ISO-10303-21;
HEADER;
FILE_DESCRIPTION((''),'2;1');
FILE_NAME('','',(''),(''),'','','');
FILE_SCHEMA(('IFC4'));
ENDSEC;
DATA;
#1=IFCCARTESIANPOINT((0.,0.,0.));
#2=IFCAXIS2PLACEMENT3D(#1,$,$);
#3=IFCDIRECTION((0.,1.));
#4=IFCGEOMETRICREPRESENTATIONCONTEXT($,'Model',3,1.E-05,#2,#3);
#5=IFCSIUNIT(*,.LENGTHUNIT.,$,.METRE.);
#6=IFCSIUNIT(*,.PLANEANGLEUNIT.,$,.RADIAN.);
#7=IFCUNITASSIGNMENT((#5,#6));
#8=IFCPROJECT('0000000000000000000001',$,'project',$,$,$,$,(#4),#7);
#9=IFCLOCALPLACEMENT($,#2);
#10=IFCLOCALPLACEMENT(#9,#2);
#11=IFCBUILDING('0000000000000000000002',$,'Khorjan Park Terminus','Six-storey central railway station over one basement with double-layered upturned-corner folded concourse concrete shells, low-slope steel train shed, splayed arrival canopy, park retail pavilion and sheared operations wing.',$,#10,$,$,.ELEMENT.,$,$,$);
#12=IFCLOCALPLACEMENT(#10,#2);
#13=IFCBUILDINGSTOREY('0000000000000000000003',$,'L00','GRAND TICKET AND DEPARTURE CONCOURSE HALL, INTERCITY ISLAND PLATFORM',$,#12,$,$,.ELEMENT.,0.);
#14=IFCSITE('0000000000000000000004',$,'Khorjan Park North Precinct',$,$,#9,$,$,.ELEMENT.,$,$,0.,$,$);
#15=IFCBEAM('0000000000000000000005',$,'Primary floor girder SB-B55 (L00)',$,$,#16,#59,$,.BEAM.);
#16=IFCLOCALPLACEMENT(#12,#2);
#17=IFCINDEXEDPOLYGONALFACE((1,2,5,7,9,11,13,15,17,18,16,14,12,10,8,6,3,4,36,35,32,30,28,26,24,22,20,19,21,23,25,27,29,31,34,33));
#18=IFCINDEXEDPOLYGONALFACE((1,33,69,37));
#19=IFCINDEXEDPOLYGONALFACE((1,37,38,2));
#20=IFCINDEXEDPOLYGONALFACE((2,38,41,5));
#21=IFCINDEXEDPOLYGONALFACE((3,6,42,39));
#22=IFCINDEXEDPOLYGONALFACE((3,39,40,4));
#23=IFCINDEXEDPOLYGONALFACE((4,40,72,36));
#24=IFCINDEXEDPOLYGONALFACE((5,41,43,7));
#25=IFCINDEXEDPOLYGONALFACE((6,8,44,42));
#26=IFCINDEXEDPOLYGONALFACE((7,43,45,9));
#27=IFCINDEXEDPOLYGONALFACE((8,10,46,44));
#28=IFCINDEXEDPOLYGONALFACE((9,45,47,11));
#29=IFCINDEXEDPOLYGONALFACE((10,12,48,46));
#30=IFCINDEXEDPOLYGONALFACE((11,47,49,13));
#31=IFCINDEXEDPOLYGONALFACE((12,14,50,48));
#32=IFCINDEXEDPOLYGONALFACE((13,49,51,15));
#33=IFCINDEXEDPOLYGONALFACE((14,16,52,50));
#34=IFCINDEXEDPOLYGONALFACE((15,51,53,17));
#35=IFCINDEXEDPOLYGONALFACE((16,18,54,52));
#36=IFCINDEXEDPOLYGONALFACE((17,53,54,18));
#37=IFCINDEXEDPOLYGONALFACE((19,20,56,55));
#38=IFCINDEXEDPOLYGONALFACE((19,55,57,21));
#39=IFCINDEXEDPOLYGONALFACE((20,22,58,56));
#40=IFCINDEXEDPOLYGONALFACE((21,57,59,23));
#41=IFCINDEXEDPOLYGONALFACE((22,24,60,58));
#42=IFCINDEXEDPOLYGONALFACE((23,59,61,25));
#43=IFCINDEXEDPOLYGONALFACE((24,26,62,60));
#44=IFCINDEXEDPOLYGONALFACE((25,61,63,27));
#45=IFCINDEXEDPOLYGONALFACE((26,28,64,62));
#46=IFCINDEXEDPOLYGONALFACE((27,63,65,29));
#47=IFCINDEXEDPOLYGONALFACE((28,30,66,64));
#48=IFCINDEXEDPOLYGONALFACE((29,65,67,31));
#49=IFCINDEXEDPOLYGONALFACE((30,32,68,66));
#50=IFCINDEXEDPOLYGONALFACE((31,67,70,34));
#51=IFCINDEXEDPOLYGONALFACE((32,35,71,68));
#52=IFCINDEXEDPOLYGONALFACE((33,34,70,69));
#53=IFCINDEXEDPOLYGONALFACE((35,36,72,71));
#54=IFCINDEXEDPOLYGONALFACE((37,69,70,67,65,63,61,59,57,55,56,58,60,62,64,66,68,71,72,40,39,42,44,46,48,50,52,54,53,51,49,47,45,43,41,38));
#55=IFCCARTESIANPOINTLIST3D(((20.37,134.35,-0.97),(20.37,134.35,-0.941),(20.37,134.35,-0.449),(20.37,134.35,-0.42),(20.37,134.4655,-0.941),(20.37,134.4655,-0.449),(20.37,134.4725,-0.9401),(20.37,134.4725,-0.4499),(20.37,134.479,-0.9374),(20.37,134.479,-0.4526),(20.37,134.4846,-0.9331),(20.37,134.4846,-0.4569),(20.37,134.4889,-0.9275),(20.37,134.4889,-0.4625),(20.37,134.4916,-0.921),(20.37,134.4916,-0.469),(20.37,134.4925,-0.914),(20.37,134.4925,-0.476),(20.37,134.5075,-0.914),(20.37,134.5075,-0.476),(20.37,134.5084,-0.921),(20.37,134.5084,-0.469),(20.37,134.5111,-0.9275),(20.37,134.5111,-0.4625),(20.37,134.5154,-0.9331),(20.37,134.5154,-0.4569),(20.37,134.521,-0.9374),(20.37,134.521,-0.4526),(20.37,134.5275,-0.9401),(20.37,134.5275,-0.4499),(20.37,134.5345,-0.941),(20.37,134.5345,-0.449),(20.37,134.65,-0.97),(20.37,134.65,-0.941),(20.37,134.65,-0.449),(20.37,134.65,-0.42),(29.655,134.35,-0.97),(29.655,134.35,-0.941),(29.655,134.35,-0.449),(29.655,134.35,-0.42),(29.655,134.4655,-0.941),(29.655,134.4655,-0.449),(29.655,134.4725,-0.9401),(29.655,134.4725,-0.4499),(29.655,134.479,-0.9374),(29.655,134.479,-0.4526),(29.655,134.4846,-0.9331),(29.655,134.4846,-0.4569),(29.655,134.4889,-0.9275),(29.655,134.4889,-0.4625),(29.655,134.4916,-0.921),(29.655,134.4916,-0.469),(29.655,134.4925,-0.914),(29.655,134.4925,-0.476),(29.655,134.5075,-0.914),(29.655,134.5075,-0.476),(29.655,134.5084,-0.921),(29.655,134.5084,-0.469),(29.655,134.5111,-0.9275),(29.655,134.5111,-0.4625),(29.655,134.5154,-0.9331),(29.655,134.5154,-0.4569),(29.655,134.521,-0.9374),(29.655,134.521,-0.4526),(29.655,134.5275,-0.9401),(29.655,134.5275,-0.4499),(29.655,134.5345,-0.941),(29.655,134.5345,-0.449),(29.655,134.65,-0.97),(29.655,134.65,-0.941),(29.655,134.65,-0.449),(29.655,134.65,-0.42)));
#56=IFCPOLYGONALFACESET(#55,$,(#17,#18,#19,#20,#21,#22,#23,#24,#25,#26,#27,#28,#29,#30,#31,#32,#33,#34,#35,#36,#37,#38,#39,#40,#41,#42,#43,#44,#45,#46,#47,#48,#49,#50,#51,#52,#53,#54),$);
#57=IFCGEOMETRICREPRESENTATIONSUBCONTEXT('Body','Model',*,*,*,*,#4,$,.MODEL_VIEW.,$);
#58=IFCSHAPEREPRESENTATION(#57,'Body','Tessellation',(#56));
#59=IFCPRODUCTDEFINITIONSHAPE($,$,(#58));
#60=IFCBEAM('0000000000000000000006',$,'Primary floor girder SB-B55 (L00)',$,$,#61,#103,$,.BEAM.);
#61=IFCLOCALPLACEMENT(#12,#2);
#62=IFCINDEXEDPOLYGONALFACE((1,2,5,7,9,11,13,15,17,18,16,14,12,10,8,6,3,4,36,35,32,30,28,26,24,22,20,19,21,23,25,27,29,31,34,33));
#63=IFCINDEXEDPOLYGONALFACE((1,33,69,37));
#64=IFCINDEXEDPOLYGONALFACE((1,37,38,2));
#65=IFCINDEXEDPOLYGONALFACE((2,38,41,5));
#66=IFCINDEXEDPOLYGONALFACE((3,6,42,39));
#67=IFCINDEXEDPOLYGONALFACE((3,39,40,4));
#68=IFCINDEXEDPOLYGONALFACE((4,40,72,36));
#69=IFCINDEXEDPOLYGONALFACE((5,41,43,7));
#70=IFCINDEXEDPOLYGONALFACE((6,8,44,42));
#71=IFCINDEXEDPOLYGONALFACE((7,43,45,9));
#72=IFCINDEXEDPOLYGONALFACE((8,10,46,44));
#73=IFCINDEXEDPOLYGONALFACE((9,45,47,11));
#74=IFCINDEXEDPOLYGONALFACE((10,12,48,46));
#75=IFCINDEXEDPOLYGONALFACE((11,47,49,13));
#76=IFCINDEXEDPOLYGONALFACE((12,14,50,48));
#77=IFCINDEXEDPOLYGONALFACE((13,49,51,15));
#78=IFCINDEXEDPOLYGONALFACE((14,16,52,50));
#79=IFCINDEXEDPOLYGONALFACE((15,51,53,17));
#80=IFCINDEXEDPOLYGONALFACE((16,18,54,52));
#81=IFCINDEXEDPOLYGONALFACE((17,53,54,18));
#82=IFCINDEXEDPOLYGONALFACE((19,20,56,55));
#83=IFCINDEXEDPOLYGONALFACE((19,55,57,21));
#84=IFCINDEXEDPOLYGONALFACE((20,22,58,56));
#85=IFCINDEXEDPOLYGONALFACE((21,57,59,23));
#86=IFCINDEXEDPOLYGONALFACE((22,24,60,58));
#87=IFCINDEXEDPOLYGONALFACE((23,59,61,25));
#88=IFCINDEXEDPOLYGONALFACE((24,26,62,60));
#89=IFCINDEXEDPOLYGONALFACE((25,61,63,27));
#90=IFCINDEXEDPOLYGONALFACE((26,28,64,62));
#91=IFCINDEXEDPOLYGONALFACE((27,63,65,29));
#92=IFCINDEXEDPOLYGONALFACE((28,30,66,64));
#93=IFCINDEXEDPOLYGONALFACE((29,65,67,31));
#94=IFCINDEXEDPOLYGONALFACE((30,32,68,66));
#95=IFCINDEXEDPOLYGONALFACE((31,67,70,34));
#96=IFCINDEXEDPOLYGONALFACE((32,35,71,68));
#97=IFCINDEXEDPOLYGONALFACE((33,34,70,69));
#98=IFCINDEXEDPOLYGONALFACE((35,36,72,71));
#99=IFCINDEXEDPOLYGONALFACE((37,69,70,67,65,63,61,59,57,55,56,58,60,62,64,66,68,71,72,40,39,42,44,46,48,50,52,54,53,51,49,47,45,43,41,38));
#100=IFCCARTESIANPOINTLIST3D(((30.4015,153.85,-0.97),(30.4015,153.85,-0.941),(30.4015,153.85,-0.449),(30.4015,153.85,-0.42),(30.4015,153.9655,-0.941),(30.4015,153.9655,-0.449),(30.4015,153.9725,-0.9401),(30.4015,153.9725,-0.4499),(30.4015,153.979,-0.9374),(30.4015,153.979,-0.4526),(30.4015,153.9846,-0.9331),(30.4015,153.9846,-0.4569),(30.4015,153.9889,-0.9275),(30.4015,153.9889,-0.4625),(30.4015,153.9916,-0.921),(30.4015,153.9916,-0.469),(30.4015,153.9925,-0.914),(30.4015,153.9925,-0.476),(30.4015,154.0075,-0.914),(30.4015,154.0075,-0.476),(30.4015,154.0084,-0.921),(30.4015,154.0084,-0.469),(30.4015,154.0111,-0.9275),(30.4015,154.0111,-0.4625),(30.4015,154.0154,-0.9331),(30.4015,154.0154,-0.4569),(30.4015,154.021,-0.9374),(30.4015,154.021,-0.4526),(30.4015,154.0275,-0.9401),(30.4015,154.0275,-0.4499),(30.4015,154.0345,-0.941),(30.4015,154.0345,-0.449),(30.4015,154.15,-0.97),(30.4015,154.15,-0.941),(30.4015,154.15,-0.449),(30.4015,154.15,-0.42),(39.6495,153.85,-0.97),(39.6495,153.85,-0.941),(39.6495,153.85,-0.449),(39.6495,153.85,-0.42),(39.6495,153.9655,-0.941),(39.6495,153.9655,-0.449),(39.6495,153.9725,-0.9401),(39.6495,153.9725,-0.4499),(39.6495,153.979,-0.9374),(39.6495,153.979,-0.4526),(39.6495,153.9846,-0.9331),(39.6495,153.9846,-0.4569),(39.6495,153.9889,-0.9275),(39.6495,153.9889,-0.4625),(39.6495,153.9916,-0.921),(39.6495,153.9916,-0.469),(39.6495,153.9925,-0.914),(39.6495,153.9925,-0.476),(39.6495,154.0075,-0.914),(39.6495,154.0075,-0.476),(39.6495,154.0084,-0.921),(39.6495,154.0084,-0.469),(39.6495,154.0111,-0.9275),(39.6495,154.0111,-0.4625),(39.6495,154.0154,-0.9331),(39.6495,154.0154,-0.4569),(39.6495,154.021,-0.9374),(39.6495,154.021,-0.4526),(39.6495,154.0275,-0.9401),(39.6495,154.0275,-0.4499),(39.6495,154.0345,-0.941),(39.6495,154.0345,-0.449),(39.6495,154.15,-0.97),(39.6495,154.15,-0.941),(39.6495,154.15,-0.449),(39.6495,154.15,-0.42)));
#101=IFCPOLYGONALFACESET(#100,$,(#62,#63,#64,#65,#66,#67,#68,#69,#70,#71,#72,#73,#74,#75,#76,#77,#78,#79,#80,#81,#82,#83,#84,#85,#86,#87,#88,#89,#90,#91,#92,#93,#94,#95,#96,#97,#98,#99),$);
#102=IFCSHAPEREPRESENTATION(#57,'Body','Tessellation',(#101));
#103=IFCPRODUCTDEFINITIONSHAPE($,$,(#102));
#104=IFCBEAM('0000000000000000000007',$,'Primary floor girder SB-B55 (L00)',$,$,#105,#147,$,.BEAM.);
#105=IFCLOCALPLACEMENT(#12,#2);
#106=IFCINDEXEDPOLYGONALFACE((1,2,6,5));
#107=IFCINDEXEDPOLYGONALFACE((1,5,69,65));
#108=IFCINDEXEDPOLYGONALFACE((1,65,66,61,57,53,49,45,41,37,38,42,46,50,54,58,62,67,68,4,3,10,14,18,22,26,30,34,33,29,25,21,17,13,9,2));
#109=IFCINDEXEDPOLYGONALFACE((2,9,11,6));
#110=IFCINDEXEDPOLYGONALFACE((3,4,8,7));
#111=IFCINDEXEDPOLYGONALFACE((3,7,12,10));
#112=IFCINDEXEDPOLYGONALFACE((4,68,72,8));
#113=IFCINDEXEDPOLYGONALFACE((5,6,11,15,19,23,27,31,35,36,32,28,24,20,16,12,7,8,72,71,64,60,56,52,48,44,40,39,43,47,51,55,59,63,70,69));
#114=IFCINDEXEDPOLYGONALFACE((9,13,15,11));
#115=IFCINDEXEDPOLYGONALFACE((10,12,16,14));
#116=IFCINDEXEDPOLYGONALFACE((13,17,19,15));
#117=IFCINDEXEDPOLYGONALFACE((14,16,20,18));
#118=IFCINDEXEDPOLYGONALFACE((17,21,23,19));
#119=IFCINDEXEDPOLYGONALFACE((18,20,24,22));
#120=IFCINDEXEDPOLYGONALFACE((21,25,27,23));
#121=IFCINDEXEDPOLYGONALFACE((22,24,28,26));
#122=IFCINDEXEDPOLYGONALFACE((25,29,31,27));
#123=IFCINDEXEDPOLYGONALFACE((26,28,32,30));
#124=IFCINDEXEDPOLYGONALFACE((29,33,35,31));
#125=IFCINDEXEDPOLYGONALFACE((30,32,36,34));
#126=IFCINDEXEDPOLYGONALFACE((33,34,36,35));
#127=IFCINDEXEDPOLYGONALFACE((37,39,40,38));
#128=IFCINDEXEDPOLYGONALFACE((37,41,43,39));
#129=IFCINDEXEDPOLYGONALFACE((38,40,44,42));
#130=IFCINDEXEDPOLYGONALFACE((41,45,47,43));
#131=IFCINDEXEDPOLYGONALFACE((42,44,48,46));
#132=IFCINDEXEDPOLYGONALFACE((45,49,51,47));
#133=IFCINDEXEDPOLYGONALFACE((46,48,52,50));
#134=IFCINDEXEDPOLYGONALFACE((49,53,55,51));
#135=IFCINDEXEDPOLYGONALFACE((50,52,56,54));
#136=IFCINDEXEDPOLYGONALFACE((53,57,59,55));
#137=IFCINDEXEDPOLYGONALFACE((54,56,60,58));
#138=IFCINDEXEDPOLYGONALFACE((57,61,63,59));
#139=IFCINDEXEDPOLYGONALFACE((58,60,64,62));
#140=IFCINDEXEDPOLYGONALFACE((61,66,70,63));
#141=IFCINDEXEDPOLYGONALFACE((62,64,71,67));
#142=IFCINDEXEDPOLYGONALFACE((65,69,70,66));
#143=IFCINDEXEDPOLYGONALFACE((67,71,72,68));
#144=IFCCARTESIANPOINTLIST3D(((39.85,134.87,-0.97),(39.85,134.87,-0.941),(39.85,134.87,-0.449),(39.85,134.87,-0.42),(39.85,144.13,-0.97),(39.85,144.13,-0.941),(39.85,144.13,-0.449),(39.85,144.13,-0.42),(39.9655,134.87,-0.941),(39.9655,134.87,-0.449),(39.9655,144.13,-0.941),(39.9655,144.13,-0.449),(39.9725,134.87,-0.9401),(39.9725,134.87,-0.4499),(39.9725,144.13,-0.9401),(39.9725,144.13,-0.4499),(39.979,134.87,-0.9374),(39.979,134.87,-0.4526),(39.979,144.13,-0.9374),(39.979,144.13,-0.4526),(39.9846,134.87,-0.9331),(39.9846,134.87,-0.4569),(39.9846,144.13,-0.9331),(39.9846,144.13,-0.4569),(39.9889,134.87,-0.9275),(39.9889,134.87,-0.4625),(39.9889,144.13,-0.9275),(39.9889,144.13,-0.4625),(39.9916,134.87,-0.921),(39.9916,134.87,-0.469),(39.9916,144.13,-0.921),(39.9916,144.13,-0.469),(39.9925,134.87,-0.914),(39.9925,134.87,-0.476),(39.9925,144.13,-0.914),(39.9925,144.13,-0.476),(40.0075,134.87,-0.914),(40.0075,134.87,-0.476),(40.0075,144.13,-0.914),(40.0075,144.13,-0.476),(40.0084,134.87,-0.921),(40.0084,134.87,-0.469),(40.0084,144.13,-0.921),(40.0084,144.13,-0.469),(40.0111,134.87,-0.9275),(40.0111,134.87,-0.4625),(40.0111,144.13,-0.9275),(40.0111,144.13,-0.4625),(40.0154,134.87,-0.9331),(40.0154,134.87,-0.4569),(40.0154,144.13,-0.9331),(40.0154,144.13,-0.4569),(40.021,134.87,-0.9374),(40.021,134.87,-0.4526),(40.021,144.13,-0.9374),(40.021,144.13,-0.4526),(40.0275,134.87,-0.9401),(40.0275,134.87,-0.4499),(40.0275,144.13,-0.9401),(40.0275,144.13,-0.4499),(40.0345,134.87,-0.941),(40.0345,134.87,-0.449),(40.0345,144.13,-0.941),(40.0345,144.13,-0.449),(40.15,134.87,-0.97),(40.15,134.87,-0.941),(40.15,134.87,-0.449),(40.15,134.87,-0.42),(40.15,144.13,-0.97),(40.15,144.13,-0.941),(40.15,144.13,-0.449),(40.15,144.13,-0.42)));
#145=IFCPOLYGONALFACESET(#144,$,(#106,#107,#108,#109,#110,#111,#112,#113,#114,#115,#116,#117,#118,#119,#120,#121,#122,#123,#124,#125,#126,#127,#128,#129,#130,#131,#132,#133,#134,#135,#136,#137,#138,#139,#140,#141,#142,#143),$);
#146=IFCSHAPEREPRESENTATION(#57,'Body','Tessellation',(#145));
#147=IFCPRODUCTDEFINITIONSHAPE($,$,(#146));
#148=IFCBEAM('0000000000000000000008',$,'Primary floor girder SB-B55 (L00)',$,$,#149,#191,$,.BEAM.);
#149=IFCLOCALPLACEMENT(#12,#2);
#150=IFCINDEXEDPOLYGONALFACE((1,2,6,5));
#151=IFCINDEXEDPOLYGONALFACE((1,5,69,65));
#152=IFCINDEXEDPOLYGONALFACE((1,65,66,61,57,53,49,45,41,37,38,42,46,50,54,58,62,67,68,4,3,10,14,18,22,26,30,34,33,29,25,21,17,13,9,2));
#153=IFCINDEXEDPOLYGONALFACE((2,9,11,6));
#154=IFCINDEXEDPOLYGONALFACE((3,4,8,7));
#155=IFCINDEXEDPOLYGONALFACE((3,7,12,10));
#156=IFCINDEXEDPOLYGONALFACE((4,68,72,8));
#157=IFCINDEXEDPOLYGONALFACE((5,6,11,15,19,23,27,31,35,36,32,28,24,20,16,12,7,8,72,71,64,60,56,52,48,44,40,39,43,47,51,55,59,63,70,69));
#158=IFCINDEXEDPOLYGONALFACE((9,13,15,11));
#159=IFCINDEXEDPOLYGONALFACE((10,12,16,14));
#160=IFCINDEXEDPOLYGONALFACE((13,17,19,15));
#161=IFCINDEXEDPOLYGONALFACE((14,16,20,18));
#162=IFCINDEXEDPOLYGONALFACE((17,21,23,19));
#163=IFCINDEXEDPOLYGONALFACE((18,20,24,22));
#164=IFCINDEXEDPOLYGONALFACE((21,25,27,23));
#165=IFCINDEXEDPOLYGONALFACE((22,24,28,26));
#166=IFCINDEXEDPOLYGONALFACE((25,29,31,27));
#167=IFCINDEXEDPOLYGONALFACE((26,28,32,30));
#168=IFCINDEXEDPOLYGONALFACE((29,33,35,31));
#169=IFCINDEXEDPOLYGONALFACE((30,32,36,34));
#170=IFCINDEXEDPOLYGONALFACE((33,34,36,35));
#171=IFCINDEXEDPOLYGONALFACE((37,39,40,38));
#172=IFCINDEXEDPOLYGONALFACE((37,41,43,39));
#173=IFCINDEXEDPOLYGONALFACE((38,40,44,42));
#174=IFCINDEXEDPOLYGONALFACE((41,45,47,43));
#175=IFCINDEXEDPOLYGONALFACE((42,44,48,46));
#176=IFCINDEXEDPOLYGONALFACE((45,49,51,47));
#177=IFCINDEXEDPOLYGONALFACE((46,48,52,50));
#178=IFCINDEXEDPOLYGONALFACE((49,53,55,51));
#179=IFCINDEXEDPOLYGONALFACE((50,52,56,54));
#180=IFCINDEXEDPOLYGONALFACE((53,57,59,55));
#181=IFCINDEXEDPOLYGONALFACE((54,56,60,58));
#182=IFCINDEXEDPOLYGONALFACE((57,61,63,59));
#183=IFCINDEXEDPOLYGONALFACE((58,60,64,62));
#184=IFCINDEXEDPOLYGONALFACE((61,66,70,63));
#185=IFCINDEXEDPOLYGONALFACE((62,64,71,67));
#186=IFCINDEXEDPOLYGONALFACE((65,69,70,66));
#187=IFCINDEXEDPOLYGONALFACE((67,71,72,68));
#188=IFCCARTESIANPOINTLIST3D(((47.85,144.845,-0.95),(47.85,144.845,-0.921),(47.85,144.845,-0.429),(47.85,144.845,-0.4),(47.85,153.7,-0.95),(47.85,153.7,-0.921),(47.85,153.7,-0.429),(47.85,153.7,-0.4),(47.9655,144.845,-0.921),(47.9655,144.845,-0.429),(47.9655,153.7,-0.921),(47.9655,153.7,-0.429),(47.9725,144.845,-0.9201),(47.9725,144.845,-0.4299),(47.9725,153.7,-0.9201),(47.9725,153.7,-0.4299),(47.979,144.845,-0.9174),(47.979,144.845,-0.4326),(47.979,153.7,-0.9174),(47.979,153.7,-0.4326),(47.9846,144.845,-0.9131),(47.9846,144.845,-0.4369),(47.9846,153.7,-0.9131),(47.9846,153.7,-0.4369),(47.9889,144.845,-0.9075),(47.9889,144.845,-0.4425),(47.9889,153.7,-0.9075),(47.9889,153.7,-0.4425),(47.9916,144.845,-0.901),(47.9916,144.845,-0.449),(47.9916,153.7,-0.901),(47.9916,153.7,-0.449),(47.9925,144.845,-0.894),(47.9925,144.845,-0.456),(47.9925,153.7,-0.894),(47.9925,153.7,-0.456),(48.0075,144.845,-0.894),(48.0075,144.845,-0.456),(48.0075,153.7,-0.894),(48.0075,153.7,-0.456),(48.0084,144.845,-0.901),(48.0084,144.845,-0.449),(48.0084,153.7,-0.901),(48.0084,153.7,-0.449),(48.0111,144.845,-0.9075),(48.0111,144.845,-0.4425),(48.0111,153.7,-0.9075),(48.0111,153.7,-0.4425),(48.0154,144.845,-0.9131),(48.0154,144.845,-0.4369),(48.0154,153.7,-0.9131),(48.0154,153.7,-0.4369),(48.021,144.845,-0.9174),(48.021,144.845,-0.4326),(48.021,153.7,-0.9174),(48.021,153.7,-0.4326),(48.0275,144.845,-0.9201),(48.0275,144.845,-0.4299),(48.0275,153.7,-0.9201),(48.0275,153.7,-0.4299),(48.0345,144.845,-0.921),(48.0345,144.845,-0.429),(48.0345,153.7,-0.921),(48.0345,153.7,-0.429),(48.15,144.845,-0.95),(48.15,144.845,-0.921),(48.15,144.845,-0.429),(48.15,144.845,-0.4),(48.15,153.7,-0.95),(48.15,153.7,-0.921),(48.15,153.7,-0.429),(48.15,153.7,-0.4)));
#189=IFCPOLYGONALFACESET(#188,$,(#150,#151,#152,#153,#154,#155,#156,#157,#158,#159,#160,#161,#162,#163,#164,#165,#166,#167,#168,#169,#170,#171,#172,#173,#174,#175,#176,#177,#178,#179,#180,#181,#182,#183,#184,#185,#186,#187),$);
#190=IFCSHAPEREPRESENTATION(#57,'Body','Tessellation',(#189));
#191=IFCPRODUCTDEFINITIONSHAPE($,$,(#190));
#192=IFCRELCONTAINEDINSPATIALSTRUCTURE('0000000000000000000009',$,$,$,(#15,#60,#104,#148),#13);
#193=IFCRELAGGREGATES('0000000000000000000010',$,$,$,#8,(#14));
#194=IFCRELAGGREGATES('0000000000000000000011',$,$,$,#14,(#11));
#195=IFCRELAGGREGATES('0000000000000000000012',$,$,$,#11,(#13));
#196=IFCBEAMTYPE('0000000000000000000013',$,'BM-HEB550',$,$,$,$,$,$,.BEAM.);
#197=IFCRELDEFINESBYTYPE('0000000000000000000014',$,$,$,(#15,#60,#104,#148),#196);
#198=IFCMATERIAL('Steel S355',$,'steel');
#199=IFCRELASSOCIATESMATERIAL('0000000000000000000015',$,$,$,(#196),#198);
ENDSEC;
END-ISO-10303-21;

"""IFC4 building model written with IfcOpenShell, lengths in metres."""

from ifc_helpers import new_model, si_unit, direction, frame, origin, origin_2d, place, context, subcontext, project, spatial, i_section, extrude, material, material_profile, profile_set, type_object, element, save


model = new_model("IFC4")

# Units and contexts
model_context = context("Model", 3, precision=1e-05, world=origin(), true_north=direction((0.0, 1.0)))
body_context = subcontext(model_context, "Body", "Model", "MODEL_VIEW")
ifc_project = project(units=[si_unit("LENGTHUNIT", "METRE"), si_unit("PLANEANGLEUNIT", "RADIAN")], contexts=[model_context])

# Site, building, storey
site_placement = place(None, origin())
site = spatial("IfcSite", under=ifc_project, at=site_placement, Name="Khorjan Park North Precinct", CompositionType="ELEMENT", RefElevation=0.0)
building_placement = place(site_placement, origin())
building = spatial("IfcBuilding", under=site, at=building_placement, Name="Khorjan Park Terminus", Description="Six-storey central railway station over one basement with double-layered upturned-corner folded concourse concrete shells, low-slope steel train shed, splayed arrival canopy, park retail pavilion and sheared operations wing.", CompositionType="ELEMENT")
storey_placement = place(building_placement, origin())
storey = spatial("IfcBuildingStorey", under=building, at=storey_placement, Name="L00", Description="GRAND TICKET AND DEPARTURE CONCOURSE HALL, INTERCITY ISLAND PLATFORM", CompositionType="ELEMENT", Elevation=0.0)

# Shared definitions
ifc_material = material(Name="Steel S355", Category="steel")

# Beams
ifc_material_profile_1 = material_profile(ifc_material, i_section(OverallWidth=0.3, OverallDepth=0.55, WebThickness=0.015, FlangeThickness=0.029, FilletRadius=0.027, at=origin_2d()), Name="HEB 550")
ifc_profile_set_1 = profile_set([ifc_material_profile_1], Name="Steel S355")
beam_type_1 = type_object("IfcBeamType", Name="BM-HEB550", PredefinedType="BEAM", material=ifc_profile_set_1)
beam_1_placement = place(storey_placement, frame((20.37, 134.5, -0.695), z_axis=(1.0, 0.0, 0.0), x_axis=(0.0, 1.0, 0.0)))
element("IfcBeam", 1, at=beam_1_placement, inside=storey, type_object=beam_type_1, Name="Primary floor girder SB-B55 (L00)", PredefinedType="BEAM", context=body_context, shape_type="SweptSolid", body=[
    extrude(i_section(OverallWidth=0.3, OverallDepth=0.55, WebThickness=0.015, FlangeThickness=0.029, FilletRadius=0.027, at=origin_2d()), origin(), (0.0, 0.0, 1.0), 9.285),
])
beam_2_placement = place(storey_placement, frame((30.4015, 154.0, -0.695), z_axis=(1.0, 0.0, 0.0), x_axis=(0.0, 1.0, 0.0)))
element("IfcBeam", 2, at=beam_2_placement, inside=storey, type_object=beam_type_1, Name="Primary floor girder SB-B55 (L00)", PredefinedType="BEAM", context=body_context, shape_type="SweptSolid", body=[
    extrude(i_section(OverallWidth=0.3, OverallDepth=0.55, WebThickness=0.015, FlangeThickness=0.029, FilletRadius=0.027, at=origin_2d()), origin(), (0.0, 0.0, 1.0), 9.248),
])
beam_3_placement = place(storey_placement, frame((40.0, 134.87, -0.695), z_axis=(0.0, 1.0, 0.0), x_axis=(-1.0, 0.0, 0.0)))
element("IfcBeam", 3, at=beam_3_placement, inside=storey, type_object=beam_type_1, Name="Primary floor girder SB-B55 (L00)", PredefinedType="BEAM", context=body_context, shape_type="SweptSolid", body=[
    extrude(i_section(OverallWidth=0.3, OverallDepth=0.55, WebThickness=0.015, FlangeThickness=0.029, FilletRadius=0.027, at=origin_2d()), origin(), (0.0, 0.0, 1.0), 9.26),
])
beam_4_placement = place(storey_placement, frame((48.0, 144.845, -0.675), z_axis=(0.0, 1.0, 0.0), x_axis=(-1.0, 0.0, 0.0)))
element("IfcBeam", 4, at=beam_4_placement, inside=storey, type_object=beam_type_1, Name="Primary floor girder SB-B55 (L00)", PredefinedType="BEAM", context=body_context, shape_type="SweptSolid", body=[
    extrude(i_section(OverallWidth=0.3, OverallDepth=0.55, WebThickness=0.015, FlangeThickness=0.029, FilletRadius=0.027, at=origin_2d()), origin(), (0.0, 0.0, 1.0), 8.855),
])

save(model, "model.ifc")
